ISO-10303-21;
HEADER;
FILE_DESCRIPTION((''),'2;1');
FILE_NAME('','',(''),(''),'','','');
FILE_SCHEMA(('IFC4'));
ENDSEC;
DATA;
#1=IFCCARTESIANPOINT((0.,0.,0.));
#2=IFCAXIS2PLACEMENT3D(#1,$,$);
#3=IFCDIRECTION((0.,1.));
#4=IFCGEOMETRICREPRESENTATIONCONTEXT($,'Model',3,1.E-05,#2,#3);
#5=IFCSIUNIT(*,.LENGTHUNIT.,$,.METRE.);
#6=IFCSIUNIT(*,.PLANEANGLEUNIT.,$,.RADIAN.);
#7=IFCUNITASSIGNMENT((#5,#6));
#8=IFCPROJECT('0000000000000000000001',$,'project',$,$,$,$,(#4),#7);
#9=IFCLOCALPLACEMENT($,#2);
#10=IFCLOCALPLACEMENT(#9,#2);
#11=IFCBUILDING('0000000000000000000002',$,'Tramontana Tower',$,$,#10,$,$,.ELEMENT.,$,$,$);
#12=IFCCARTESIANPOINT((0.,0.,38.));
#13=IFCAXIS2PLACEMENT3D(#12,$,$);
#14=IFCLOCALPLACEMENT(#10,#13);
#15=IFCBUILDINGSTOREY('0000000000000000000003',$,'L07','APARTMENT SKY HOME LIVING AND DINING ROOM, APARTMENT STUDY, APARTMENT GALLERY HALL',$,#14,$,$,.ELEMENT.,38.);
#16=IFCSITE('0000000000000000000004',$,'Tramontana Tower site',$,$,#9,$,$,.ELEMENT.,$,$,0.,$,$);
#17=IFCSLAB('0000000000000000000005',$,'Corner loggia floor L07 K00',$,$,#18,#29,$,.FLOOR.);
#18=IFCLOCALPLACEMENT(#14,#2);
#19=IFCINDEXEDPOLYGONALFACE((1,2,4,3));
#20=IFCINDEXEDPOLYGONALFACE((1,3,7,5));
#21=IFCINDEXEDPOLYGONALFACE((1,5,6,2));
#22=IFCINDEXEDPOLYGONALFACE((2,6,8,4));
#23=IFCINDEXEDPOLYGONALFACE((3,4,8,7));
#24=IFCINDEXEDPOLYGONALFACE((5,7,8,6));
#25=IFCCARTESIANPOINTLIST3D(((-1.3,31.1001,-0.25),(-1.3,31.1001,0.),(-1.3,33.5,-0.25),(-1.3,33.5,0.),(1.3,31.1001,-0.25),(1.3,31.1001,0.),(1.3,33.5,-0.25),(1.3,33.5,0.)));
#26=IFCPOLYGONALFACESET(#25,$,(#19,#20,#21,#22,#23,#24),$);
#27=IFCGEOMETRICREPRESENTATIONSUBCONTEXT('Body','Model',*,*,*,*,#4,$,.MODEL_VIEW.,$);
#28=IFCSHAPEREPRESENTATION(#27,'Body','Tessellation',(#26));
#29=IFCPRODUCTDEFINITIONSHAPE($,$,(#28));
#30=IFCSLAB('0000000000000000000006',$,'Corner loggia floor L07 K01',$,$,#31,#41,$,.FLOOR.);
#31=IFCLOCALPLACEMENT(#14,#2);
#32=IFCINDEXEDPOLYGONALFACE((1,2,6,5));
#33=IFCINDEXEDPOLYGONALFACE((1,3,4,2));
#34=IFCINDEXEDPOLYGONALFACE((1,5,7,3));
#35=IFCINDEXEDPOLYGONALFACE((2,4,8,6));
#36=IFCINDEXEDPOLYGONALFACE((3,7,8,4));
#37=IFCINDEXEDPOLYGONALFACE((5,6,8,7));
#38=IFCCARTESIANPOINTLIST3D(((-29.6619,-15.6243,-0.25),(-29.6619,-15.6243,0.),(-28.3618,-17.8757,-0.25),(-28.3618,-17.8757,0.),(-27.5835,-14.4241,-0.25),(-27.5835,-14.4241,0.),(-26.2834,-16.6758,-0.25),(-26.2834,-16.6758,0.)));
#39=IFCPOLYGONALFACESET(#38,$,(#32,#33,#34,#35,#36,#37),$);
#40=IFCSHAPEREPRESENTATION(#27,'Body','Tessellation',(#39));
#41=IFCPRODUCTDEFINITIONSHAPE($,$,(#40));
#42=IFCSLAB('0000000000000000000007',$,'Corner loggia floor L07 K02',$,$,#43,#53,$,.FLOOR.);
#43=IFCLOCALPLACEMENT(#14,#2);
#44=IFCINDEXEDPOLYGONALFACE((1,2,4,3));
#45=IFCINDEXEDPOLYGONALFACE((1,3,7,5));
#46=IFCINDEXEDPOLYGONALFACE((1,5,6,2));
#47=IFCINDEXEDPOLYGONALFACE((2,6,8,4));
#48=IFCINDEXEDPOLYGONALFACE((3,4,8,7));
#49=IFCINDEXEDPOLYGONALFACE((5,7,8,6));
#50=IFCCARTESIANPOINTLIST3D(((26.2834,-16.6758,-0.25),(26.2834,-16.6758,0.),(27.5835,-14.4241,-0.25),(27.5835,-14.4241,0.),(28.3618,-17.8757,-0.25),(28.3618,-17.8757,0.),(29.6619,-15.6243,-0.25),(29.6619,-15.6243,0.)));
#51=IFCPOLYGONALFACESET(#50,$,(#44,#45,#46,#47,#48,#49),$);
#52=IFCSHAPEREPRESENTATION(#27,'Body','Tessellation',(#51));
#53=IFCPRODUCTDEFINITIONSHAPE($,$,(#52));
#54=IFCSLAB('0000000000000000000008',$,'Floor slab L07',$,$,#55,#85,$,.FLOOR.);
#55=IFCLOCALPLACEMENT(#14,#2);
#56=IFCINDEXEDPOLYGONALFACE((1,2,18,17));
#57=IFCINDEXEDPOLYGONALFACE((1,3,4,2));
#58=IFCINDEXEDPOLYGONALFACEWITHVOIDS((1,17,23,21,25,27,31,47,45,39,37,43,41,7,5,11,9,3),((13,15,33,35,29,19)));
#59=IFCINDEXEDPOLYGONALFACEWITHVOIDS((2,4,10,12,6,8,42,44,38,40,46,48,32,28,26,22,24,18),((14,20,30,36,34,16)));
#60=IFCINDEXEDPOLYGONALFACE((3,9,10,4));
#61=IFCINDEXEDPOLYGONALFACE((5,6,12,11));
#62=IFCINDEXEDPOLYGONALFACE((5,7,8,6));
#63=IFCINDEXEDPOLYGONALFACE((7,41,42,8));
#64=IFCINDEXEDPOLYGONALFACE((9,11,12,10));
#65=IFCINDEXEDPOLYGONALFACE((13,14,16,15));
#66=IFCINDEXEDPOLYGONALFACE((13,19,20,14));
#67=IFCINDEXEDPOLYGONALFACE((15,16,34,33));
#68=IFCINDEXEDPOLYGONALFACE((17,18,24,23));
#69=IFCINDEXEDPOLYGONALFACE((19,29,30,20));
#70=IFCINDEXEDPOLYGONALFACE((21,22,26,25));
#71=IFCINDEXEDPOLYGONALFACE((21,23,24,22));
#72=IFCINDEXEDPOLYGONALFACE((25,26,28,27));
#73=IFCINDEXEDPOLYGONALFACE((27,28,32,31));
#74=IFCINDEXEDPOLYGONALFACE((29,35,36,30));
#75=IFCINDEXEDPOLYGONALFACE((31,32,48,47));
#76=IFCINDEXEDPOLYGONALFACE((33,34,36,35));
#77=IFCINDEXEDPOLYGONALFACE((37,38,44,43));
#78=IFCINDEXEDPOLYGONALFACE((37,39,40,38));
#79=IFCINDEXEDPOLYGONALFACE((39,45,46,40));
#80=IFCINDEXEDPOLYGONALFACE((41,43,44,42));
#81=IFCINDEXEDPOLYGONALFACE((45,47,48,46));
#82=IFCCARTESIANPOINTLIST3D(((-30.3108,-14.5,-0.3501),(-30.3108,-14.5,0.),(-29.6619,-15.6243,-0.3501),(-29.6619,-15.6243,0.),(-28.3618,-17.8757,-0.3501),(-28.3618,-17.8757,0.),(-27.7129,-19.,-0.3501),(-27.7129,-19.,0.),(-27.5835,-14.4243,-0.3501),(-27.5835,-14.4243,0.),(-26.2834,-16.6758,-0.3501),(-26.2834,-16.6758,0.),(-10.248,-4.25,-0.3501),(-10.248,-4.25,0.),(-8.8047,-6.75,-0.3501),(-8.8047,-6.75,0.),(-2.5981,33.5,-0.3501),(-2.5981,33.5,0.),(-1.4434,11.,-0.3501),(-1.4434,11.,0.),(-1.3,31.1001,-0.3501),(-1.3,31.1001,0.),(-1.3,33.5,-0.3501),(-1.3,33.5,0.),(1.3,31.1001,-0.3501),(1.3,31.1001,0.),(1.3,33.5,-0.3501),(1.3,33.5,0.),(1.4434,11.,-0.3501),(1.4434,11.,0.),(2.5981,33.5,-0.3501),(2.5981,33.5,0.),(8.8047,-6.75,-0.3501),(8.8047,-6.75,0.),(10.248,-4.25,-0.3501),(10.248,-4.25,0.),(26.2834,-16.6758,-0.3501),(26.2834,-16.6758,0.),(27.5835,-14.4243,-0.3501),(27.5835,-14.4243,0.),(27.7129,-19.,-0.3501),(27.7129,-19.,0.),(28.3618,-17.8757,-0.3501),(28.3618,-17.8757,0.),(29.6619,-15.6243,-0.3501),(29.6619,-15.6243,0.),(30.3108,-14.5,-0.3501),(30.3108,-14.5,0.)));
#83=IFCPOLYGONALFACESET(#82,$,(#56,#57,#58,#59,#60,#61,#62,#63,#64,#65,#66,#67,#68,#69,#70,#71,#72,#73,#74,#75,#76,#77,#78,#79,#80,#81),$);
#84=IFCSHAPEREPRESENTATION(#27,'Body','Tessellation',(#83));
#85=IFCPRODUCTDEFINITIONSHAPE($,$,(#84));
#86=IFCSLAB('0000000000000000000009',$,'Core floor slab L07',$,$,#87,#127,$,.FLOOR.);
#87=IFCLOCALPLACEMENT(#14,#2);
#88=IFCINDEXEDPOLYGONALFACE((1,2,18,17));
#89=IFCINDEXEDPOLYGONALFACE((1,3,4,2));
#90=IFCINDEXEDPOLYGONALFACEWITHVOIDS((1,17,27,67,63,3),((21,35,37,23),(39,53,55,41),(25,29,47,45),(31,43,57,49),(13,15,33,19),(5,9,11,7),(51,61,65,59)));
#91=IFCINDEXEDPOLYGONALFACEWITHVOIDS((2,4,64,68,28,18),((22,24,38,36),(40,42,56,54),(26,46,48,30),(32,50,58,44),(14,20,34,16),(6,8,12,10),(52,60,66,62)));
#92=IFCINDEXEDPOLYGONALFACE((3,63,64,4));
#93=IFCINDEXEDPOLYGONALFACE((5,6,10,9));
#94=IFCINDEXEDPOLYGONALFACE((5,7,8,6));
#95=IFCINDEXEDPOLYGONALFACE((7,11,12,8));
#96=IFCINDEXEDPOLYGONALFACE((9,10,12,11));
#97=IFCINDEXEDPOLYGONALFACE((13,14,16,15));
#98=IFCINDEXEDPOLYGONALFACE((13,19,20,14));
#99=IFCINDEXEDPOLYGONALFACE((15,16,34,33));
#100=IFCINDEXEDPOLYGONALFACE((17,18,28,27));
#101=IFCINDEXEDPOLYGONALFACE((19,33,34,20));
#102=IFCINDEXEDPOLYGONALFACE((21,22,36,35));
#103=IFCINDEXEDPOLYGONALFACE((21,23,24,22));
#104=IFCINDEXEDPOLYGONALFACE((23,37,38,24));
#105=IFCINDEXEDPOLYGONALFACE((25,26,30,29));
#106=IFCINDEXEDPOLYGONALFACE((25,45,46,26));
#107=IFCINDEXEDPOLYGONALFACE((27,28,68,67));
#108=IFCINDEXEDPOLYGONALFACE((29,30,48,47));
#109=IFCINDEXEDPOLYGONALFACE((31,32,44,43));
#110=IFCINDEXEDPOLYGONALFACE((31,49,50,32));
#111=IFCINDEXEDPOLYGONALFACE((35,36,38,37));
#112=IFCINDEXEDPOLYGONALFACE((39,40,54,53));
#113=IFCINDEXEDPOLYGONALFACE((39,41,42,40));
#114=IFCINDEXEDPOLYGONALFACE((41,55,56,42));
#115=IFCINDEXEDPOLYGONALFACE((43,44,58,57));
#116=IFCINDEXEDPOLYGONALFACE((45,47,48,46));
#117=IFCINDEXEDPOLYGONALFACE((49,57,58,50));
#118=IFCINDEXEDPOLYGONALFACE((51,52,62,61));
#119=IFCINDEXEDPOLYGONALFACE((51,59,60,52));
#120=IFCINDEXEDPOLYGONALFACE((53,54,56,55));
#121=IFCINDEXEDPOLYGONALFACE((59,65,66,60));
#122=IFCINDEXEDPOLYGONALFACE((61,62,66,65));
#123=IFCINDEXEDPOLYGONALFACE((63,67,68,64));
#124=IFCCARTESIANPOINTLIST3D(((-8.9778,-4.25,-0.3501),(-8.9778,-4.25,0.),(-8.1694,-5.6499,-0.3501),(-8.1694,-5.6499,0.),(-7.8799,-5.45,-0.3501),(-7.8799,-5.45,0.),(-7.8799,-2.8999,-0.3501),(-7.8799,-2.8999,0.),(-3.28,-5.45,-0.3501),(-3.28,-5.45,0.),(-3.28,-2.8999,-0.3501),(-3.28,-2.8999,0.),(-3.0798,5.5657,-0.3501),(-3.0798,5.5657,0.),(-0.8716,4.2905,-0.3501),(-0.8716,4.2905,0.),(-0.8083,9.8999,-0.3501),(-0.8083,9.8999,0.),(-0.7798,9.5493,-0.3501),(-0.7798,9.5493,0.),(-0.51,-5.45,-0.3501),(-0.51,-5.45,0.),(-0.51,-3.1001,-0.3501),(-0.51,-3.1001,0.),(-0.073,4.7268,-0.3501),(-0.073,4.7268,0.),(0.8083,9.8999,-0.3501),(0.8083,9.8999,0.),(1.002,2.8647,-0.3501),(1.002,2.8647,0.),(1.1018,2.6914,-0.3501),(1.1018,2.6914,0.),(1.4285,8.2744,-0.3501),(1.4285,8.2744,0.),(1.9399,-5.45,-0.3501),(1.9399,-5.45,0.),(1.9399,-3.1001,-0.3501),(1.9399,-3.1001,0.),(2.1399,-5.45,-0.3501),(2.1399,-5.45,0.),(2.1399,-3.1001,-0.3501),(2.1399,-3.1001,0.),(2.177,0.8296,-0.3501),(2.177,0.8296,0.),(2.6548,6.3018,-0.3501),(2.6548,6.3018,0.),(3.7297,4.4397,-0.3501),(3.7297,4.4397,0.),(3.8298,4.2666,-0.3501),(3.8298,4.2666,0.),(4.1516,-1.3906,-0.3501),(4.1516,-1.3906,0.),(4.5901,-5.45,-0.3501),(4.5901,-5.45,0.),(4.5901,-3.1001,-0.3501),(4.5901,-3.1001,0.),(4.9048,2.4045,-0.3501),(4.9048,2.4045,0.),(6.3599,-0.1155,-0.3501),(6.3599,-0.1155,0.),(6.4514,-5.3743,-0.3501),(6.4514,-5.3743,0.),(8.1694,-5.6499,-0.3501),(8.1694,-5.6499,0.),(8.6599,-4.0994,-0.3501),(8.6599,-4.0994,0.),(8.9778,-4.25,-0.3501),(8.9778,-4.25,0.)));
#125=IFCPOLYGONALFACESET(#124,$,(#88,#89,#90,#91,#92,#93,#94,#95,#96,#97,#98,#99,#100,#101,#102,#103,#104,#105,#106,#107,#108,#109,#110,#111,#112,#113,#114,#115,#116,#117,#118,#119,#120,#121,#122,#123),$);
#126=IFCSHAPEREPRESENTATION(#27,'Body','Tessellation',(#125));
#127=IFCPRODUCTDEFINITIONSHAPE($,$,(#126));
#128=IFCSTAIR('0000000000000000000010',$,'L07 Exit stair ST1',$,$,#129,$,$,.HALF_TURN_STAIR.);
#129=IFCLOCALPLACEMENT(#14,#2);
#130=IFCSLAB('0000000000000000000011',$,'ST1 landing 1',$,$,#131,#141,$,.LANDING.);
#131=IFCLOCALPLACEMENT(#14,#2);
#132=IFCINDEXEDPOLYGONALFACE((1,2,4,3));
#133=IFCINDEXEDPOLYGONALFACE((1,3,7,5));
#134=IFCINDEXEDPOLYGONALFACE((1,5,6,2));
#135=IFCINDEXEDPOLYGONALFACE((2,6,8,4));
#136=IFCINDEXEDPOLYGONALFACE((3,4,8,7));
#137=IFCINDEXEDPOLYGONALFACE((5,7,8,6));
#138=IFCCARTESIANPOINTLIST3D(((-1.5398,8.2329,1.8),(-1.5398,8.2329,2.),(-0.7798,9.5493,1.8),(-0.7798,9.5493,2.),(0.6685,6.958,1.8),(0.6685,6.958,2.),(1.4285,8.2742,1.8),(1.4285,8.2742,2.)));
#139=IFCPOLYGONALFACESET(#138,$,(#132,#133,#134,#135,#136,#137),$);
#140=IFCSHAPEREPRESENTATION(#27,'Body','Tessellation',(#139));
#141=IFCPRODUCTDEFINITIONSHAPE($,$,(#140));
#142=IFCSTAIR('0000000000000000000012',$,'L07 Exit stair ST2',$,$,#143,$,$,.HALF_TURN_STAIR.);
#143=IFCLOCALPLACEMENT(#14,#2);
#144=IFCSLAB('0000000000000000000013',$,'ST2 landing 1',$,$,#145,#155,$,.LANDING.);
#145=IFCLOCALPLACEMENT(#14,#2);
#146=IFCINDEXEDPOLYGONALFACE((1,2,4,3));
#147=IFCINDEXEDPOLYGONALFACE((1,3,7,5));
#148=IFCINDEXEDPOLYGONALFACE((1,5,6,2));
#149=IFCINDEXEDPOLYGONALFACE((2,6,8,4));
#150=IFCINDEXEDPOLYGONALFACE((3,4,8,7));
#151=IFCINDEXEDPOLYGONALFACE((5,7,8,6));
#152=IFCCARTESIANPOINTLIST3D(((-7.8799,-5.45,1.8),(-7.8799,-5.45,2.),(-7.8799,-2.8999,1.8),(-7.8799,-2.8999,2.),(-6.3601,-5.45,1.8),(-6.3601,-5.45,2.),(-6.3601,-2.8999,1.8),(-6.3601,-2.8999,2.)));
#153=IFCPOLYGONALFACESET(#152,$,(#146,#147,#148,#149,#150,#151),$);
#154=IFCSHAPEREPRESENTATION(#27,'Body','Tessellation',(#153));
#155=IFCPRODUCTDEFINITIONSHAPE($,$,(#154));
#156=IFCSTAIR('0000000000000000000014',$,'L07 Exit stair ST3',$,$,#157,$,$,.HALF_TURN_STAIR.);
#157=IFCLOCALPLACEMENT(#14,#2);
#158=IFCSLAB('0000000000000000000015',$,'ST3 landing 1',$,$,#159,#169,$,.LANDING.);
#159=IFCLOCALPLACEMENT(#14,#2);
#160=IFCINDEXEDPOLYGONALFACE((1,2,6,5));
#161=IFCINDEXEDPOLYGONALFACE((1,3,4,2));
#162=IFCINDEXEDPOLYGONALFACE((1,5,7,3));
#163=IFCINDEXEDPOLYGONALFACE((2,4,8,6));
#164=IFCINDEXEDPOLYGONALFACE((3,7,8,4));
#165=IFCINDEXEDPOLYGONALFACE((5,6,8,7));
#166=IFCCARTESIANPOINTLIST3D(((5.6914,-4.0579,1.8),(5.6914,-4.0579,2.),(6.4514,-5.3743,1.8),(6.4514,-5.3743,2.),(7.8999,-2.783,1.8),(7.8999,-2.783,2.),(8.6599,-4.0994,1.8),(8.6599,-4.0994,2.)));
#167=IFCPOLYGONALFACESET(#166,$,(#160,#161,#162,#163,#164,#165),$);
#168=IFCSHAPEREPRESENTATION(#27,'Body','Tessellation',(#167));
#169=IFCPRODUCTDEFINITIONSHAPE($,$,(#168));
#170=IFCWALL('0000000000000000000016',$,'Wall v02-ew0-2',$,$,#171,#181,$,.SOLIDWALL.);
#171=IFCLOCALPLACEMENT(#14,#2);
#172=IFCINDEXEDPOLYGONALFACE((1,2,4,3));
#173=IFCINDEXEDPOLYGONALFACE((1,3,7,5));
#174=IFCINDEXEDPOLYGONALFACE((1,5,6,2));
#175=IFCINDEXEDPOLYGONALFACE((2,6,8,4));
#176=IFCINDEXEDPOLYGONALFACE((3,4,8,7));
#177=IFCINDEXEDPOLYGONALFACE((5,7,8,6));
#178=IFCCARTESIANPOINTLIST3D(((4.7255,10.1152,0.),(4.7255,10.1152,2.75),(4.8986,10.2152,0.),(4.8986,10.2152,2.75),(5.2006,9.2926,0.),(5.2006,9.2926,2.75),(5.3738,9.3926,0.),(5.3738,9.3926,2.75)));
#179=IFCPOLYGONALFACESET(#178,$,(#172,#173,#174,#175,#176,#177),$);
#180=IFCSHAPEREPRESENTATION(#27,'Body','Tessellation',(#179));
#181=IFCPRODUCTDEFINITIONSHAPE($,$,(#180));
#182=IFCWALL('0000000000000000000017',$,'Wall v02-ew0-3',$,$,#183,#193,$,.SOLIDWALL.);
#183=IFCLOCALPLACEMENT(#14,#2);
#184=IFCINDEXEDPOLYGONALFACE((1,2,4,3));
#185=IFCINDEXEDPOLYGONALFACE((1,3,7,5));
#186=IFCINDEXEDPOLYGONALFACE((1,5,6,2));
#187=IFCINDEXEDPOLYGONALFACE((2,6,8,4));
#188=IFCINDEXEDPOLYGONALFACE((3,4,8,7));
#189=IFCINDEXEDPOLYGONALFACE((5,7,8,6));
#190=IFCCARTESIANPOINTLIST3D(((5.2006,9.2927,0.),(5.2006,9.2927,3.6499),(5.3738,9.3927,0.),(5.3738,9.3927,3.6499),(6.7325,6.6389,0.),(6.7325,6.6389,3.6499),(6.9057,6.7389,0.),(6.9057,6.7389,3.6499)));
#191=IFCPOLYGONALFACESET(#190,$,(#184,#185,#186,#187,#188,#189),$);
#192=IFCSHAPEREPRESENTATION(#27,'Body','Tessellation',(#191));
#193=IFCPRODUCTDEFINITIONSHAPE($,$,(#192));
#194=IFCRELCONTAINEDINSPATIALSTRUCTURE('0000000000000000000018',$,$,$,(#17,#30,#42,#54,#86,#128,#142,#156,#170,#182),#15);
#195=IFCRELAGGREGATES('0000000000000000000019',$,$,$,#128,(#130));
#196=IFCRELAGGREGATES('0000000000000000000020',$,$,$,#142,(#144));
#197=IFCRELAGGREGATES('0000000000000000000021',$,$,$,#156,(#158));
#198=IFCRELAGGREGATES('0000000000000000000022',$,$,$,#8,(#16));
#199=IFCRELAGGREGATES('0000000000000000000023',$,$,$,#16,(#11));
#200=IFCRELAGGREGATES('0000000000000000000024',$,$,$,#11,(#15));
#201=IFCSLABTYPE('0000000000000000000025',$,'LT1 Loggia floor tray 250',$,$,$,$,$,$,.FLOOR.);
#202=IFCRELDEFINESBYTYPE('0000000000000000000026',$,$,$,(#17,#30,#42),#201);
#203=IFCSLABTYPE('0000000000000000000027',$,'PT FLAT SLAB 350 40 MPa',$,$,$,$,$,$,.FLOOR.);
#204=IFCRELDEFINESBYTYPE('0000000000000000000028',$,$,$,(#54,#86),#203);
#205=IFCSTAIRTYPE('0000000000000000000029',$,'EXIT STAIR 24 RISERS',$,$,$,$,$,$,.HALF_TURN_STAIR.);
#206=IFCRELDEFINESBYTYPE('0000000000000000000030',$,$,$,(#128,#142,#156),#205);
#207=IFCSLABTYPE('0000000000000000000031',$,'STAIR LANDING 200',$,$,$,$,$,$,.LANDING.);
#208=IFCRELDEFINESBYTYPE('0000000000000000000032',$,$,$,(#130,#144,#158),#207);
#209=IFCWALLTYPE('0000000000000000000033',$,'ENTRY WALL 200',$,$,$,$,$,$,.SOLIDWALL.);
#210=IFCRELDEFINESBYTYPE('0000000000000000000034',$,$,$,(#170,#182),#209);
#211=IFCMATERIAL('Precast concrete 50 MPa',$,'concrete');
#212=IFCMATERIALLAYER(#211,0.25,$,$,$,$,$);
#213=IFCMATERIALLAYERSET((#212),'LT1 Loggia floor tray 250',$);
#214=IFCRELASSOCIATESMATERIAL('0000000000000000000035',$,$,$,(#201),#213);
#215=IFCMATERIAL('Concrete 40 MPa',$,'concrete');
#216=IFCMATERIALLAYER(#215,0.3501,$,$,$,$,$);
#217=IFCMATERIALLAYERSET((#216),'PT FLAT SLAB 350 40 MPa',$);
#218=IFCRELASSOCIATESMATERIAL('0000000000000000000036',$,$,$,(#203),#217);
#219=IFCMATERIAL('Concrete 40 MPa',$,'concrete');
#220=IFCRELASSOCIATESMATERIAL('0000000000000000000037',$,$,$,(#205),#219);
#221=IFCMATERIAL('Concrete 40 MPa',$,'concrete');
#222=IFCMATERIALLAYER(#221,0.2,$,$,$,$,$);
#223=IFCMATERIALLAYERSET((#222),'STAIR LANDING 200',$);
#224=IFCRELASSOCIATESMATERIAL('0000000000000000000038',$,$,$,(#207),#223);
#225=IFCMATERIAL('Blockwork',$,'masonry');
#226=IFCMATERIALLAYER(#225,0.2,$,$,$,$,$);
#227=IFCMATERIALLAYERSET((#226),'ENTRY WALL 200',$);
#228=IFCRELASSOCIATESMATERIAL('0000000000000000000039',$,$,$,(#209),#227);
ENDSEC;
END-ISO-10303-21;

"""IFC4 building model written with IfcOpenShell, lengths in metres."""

from ifc_helpers import new_model, si_unit, direction, frame, frame_2d, origin, place, context, subcontext, project, spatial, polyline, rectangle, outline, extrude, material, layer, layer_set, type_object, element, aggregate, save


model = new_model("IFC4")

# Units and contexts
model_context = context("Model", 3, precision=1e-05, world=origin(), true_north=direction((0.0, 1.0)))
body_context = subcontext(model_context, "Body", "Model", "MODEL_VIEW")
ifc_project = project(units=[si_unit("LENGTHUNIT", "METRE"), si_unit("PLANEANGLEUNIT", "RADIAN")], contexts=[model_context])

# Site, building, storey
site_placement = place(None, origin())
site = spatial("IfcSite", under=ifc_project, at=site_placement, Name="Tramontana Tower site", CompositionType="ELEMENT", RefElevation=0.0)
building_placement = place(site_placement, origin())
building = spatial("IfcBuilding", under=site, at=building_placement, Name="Tramontana Tower", CompositionType="ELEMENT")
storey_placement = place(building_placement, frame((0.0, 0.0, 38.0)))
storey = spatial("IfcBuildingStorey", under=building, at=storey_placement, Name="L07", Description="APARTMENT SKY HOME LIVING AND DINING ROOM, APARTMENT STUDY, APARTMENT GALLERY HALL", CompositionType="ELEMENT", Elevation=38.0)

# Slabs
ifc_material_1 = material(Name="Precast concrete 50 MPa", Category="concrete")
ifc_layer_1 = layer(ifc_material_1, 0.25)
ifc_layer_set_1 = layer_set([ifc_layer_1], Name="LT1 Loggia floor tray 250")
slab_type_1 = type_object("IfcSlabType", Name="LT1 Loggia floor tray 250", PredefinedType="FLOOR", material=ifc_layer_set_1)
slab_1_placement = place(storey_placement, frame((0.0, 0.0, -0.25)))
element("IfcSlab", 1, at=slab_1_placement, inside=storey, type_object=slab_type_1, Name="Corner loggia floor L07 K00", PredefinedType="FLOOR", context=body_context, shape_type="SweptSolid", body=[
    extrude(outline(polyline([(1.3, 33.5), (1.3, 31.1001), (-1.3, 31.1001), (-1.3, 33.5), (1.3, 33.5)])), origin(), (0.0, 0.0, 1.0), 0.25),
])
slab_2_placement = place(storey_placement, frame((0.0, 0.0, -0.25)))
element("IfcSlab", 2, at=slab_2_placement, inside=storey, type_object=slab_type_1, Name="Corner loggia floor L07 K01", PredefinedType="FLOOR", context=body_context, shape_type="SweptSolid", body=[
    extrude(outline(polyline([(-29.6619, -15.6243), (-27.5835, -14.4241), (-26.2834, -16.6758), (-28.3618, -17.8757), (-29.6619, -15.6243)])), origin(), (0.0, 0.0, 1.0), 0.25),
])
slab_3_placement = place(storey_placement, frame((0.0, 0.0, -0.25)))
element("IfcSlab", 3, at=slab_3_placement, inside=storey, type_object=slab_type_1, Name="Corner loggia floor L07 K02", PredefinedType="FLOOR", context=body_context, shape_type="SweptSolid", body=[
    extrude(outline(polyline([(28.3618, -17.8757), (26.2834, -16.6758), (27.5835, -14.4241), (29.6619, -15.6243), (28.3618, -17.8757)])), origin(), (0.0, 0.0, 1.0), 0.25),
])
ifc_material_2 = material(Name="Concrete 40 MPa", Category="concrete")
ifc_layer_2 = layer(ifc_material_2, 0.3501)
ifc_layer_set_2 = layer_set([ifc_layer_2], Name="PT FLAT SLAB 350 40 MPa")
slab_type_2 = type_object("IfcSlabType", Name="PT FLAT SLAB 350 40 MPa", PredefinedType="FLOOR", material=ifc_layer_set_2)
slab_4_placement = place(storey_placement, frame((0.0, 0.0, -0.3501)))
element("IfcSlab", 4, at=slab_4_placement, inside=storey, type_object=slab_type_2, Name="Floor slab L07", PredefinedType="FLOOR", context=body_context, shape_type="SweptSolid", body=[
    extrude(outline(polyline([(29.6619, -15.6243), (27.5835, -14.4243), (26.2834, -16.6758), (28.3618, -17.8757), (27.7129, -19.0), (-27.7129, -19.0), (-28.3618, -17.8757), (-26.2834, -16.6758), (-27.5835, -14.4243), (-29.6619, -15.6243), (-30.3108, -14.5), (-2.5981, 33.5), (-1.3, 33.5), (-1.3, 31.1001), (1.3, 31.1001), (1.3, 33.5), (2.5981, 33.5), (30.3108, -14.5), (29.6619, -15.6243)]), holes=[polyline([(-10.248, -4.25), (-8.8047, -6.75), (8.8047, -6.75), (10.248, -4.25), (1.4434, 11.0), (-1.4434, 11.0), (-10.248, -4.25)])]), origin(), (0.0, 0.0, 1.0), 0.3501),
])
slab_5_placement = place(storey_placement, frame((0.0, 0.0, -0.3501)))
element("IfcSlab", 5, at=slab_5_placement, inside=storey, type_object=slab_type_2, Name="Core floor slab L07", PredefinedType="FLOOR", context=body_context, shape_type="SweptSolid", body=[
    extrude(outline(polyline([(8.9778, -4.25), (8.1694, -5.6499), (-8.1694, -5.6499), (-8.9778, -4.25), (-0.8083, 9.8999), (0.8083, 9.8999), (8.9778, -4.25)]), holes=[polyline([(8.6599, -4.0994), (6.3599, -0.1155), (4.1516, -1.3906), (6.4514, -5.3743), (8.6599, -4.0994)]), polyline([(3.8298, 4.2666), (1.1018, 2.6914), (2.177, 0.8296), (4.9048, 2.4045), (3.8298, 4.2666)]), polyline([(4.5901, -3.1001), (2.1399, -3.1001), (2.1399, -5.45), (4.5901, -5.45), (4.5901, -3.1001)]), polyline([(2.6548, 6.3018), (-0.073, 4.7268), (1.002, 2.8647), (3.7297, 4.4397), (2.6548, 6.3018)]), polyline([(1.9399, -5.45), (1.9399, -3.1001), (-0.51, -3.1001), (-0.51, -5.45), (1.9399, -5.45)]), polyline([(-0.7798, 9.5493), (-3.0798, 5.5657), (-0.8716, 4.2905), (1.4285, 8.2744), (-0.7798, 9.5493)]), polyline([(-7.8799, -5.45), (-3.28, -5.45), (-3.28, -2.8999), (-7.8799, -2.8999), (-7.8799, -5.45)])]), origin(), (0.0, 0.0, 1.0), 0.3501),
])

# Stairs, slabs
ifc_material_3 = material(Name="Concrete 40 MPa", Category="concrete")
stair_type = type_object("IfcStairType", Name="EXIT STAIR 24 RISERS", PredefinedType="HALF_TURN_STAIR", material=ifc_material_3)
stair_1_placement = place(storey_placement, origin())
stair_1 = element("IfcStair", 6, at=stair_1_placement, inside=storey, type_object=stair_type, Name="L07 Exit stair ST1", PredefinedType="HALF_TURN_STAIR")
ifc_material_4 = material(Name="Concrete 40 MPa", Category="concrete")
ifc_layer_3 = layer(ifc_material_4, 0.2)
ifc_layer_set_3 = layer_set([ifc_layer_3], Name="STAIR LANDING 200")
slab_type_3 = type_object("IfcSlabType", Name="STAIR LANDING 200", PredefinedType="LANDING", material=ifc_layer_set_3)
slab_6_placement = place(storey_placement, frame((0.0, 0.0, 1.8)))
slab_6 = element("IfcSlab", 7, at=slab_6_placement, type_object=slab_type_3, Name="ST1 landing 1", PredefinedType="LANDING", context=body_context, shape_type="SweptSolid", body=[
    extrude(outline(polyline([(0.6685, 6.958), (1.4285, 8.2742), (-0.7798, 9.5493), (-1.5398, 8.2329), (0.6685, 6.958)])), origin(), (0.0, 0.0, 1.0), 0.2),
])
aggregate(stair_1, [slab_6])
stair_2_placement = place(storey_placement, origin())
stair_2 = element("IfcStair", 8, at=stair_2_placement, inside=storey, type_object=stair_type, Name="L07 Exit stair ST2", PredefinedType="HALF_TURN_STAIR")
slab_7_placement = place(storey_placement, frame((0.0, 0.0, 1.8)))
slab_7 = element("IfcSlab", 9, at=slab_7_placement, type_object=slab_type_3, Name="ST2 landing 1", PredefinedType="LANDING", context=body_context, shape_type="SweptSolid", body=[
    extrude(outline(polyline([(-6.3601, -2.8999), (-7.8799, -2.8999), (-7.8799, -5.45), (-6.3601, -5.45), (-6.3601, -2.8999)])), origin(), (0.0, 0.0, 1.0), 0.2),
])
aggregate(stair_2, [slab_7])
stair_3_placement = place(storey_placement, origin())
stair_3 = element("IfcStair", 10, at=stair_3_placement, inside=storey, type_object=stair_type, Name="L07 Exit stair ST3", PredefinedType="HALF_TURN_STAIR")
slab_8_placement = place(storey_placement, frame((0.0, 0.0, 1.8)))
slab_8 = element("IfcSlab", 11, at=slab_8_placement, type_object=slab_type_3, Name="ST3 landing 1", PredefinedType="LANDING", context=body_context, shape_type="SweptSolid", body=[
    extrude(outline(polyline([(5.6914, -4.0579), (6.4514, -5.3743), (8.6599, -4.0994), (7.8999, -2.783), (5.6914, -4.0579)])), origin(), (0.0, 0.0, 1.0), 0.2),
])
aggregate(stair_3, [slab_8])

# Walls
ifc_material_5 = material(Name="Blockwork", Category="masonry")
ifc_layer_4 = layer(ifc_material_5, 0.2)
ifc_layer_set_4 = layer_set([ifc_layer_4], Name="ENTRY WALL 200")
wall_type_1 = type_object("IfcWallType", Name="ENTRY WALL 200", PredefinedType="SOLIDWALL", material=ifc_layer_set_4)
wall_1_placement = place(storey_placement, frame((4.812, 10.1653, 0.0), z_axis=(0.0, 0.0, 1.0), x_axis=(0.500175, -0.865924, 0.0)))
element("IfcWall", 12, at=wall_1_placement, inside=storey, type_object=wall_type_1, Name="Wall v02-ew0-2", PredefinedType="SOLIDWALL", context=body_context, shape_type="SweptSolid", body=[
    extrude(rectangle(XDim=0.95, YDim=0.2, at=frame_2d((0.4751, 0.0))), origin(), (0.0, 0.0, 1.0), 2.75),
])
wall_2_placement = place(storey_placement, frame((5.2871, 9.3428, 0.0), z_axis=(0.0, 0.0, 1.0), x_axis=(0.499952, -0.866053, 0.0)))
element("IfcWall", 13, at=wall_2_placement, inside=storey, type_object=wall_type_1, Name="Wall v02-ew0-3", PredefinedType="SOLIDWALL", context=body_context, shape_type="SweptSolid", body=[
    extrude(rectangle(XDim=3.0642, YDim=0.2, at=frame_2d((1.5322, 0.0))), origin(), (0.0, 0.0, 1.0), 3.6499),
])

save(model, "model.ifc")
